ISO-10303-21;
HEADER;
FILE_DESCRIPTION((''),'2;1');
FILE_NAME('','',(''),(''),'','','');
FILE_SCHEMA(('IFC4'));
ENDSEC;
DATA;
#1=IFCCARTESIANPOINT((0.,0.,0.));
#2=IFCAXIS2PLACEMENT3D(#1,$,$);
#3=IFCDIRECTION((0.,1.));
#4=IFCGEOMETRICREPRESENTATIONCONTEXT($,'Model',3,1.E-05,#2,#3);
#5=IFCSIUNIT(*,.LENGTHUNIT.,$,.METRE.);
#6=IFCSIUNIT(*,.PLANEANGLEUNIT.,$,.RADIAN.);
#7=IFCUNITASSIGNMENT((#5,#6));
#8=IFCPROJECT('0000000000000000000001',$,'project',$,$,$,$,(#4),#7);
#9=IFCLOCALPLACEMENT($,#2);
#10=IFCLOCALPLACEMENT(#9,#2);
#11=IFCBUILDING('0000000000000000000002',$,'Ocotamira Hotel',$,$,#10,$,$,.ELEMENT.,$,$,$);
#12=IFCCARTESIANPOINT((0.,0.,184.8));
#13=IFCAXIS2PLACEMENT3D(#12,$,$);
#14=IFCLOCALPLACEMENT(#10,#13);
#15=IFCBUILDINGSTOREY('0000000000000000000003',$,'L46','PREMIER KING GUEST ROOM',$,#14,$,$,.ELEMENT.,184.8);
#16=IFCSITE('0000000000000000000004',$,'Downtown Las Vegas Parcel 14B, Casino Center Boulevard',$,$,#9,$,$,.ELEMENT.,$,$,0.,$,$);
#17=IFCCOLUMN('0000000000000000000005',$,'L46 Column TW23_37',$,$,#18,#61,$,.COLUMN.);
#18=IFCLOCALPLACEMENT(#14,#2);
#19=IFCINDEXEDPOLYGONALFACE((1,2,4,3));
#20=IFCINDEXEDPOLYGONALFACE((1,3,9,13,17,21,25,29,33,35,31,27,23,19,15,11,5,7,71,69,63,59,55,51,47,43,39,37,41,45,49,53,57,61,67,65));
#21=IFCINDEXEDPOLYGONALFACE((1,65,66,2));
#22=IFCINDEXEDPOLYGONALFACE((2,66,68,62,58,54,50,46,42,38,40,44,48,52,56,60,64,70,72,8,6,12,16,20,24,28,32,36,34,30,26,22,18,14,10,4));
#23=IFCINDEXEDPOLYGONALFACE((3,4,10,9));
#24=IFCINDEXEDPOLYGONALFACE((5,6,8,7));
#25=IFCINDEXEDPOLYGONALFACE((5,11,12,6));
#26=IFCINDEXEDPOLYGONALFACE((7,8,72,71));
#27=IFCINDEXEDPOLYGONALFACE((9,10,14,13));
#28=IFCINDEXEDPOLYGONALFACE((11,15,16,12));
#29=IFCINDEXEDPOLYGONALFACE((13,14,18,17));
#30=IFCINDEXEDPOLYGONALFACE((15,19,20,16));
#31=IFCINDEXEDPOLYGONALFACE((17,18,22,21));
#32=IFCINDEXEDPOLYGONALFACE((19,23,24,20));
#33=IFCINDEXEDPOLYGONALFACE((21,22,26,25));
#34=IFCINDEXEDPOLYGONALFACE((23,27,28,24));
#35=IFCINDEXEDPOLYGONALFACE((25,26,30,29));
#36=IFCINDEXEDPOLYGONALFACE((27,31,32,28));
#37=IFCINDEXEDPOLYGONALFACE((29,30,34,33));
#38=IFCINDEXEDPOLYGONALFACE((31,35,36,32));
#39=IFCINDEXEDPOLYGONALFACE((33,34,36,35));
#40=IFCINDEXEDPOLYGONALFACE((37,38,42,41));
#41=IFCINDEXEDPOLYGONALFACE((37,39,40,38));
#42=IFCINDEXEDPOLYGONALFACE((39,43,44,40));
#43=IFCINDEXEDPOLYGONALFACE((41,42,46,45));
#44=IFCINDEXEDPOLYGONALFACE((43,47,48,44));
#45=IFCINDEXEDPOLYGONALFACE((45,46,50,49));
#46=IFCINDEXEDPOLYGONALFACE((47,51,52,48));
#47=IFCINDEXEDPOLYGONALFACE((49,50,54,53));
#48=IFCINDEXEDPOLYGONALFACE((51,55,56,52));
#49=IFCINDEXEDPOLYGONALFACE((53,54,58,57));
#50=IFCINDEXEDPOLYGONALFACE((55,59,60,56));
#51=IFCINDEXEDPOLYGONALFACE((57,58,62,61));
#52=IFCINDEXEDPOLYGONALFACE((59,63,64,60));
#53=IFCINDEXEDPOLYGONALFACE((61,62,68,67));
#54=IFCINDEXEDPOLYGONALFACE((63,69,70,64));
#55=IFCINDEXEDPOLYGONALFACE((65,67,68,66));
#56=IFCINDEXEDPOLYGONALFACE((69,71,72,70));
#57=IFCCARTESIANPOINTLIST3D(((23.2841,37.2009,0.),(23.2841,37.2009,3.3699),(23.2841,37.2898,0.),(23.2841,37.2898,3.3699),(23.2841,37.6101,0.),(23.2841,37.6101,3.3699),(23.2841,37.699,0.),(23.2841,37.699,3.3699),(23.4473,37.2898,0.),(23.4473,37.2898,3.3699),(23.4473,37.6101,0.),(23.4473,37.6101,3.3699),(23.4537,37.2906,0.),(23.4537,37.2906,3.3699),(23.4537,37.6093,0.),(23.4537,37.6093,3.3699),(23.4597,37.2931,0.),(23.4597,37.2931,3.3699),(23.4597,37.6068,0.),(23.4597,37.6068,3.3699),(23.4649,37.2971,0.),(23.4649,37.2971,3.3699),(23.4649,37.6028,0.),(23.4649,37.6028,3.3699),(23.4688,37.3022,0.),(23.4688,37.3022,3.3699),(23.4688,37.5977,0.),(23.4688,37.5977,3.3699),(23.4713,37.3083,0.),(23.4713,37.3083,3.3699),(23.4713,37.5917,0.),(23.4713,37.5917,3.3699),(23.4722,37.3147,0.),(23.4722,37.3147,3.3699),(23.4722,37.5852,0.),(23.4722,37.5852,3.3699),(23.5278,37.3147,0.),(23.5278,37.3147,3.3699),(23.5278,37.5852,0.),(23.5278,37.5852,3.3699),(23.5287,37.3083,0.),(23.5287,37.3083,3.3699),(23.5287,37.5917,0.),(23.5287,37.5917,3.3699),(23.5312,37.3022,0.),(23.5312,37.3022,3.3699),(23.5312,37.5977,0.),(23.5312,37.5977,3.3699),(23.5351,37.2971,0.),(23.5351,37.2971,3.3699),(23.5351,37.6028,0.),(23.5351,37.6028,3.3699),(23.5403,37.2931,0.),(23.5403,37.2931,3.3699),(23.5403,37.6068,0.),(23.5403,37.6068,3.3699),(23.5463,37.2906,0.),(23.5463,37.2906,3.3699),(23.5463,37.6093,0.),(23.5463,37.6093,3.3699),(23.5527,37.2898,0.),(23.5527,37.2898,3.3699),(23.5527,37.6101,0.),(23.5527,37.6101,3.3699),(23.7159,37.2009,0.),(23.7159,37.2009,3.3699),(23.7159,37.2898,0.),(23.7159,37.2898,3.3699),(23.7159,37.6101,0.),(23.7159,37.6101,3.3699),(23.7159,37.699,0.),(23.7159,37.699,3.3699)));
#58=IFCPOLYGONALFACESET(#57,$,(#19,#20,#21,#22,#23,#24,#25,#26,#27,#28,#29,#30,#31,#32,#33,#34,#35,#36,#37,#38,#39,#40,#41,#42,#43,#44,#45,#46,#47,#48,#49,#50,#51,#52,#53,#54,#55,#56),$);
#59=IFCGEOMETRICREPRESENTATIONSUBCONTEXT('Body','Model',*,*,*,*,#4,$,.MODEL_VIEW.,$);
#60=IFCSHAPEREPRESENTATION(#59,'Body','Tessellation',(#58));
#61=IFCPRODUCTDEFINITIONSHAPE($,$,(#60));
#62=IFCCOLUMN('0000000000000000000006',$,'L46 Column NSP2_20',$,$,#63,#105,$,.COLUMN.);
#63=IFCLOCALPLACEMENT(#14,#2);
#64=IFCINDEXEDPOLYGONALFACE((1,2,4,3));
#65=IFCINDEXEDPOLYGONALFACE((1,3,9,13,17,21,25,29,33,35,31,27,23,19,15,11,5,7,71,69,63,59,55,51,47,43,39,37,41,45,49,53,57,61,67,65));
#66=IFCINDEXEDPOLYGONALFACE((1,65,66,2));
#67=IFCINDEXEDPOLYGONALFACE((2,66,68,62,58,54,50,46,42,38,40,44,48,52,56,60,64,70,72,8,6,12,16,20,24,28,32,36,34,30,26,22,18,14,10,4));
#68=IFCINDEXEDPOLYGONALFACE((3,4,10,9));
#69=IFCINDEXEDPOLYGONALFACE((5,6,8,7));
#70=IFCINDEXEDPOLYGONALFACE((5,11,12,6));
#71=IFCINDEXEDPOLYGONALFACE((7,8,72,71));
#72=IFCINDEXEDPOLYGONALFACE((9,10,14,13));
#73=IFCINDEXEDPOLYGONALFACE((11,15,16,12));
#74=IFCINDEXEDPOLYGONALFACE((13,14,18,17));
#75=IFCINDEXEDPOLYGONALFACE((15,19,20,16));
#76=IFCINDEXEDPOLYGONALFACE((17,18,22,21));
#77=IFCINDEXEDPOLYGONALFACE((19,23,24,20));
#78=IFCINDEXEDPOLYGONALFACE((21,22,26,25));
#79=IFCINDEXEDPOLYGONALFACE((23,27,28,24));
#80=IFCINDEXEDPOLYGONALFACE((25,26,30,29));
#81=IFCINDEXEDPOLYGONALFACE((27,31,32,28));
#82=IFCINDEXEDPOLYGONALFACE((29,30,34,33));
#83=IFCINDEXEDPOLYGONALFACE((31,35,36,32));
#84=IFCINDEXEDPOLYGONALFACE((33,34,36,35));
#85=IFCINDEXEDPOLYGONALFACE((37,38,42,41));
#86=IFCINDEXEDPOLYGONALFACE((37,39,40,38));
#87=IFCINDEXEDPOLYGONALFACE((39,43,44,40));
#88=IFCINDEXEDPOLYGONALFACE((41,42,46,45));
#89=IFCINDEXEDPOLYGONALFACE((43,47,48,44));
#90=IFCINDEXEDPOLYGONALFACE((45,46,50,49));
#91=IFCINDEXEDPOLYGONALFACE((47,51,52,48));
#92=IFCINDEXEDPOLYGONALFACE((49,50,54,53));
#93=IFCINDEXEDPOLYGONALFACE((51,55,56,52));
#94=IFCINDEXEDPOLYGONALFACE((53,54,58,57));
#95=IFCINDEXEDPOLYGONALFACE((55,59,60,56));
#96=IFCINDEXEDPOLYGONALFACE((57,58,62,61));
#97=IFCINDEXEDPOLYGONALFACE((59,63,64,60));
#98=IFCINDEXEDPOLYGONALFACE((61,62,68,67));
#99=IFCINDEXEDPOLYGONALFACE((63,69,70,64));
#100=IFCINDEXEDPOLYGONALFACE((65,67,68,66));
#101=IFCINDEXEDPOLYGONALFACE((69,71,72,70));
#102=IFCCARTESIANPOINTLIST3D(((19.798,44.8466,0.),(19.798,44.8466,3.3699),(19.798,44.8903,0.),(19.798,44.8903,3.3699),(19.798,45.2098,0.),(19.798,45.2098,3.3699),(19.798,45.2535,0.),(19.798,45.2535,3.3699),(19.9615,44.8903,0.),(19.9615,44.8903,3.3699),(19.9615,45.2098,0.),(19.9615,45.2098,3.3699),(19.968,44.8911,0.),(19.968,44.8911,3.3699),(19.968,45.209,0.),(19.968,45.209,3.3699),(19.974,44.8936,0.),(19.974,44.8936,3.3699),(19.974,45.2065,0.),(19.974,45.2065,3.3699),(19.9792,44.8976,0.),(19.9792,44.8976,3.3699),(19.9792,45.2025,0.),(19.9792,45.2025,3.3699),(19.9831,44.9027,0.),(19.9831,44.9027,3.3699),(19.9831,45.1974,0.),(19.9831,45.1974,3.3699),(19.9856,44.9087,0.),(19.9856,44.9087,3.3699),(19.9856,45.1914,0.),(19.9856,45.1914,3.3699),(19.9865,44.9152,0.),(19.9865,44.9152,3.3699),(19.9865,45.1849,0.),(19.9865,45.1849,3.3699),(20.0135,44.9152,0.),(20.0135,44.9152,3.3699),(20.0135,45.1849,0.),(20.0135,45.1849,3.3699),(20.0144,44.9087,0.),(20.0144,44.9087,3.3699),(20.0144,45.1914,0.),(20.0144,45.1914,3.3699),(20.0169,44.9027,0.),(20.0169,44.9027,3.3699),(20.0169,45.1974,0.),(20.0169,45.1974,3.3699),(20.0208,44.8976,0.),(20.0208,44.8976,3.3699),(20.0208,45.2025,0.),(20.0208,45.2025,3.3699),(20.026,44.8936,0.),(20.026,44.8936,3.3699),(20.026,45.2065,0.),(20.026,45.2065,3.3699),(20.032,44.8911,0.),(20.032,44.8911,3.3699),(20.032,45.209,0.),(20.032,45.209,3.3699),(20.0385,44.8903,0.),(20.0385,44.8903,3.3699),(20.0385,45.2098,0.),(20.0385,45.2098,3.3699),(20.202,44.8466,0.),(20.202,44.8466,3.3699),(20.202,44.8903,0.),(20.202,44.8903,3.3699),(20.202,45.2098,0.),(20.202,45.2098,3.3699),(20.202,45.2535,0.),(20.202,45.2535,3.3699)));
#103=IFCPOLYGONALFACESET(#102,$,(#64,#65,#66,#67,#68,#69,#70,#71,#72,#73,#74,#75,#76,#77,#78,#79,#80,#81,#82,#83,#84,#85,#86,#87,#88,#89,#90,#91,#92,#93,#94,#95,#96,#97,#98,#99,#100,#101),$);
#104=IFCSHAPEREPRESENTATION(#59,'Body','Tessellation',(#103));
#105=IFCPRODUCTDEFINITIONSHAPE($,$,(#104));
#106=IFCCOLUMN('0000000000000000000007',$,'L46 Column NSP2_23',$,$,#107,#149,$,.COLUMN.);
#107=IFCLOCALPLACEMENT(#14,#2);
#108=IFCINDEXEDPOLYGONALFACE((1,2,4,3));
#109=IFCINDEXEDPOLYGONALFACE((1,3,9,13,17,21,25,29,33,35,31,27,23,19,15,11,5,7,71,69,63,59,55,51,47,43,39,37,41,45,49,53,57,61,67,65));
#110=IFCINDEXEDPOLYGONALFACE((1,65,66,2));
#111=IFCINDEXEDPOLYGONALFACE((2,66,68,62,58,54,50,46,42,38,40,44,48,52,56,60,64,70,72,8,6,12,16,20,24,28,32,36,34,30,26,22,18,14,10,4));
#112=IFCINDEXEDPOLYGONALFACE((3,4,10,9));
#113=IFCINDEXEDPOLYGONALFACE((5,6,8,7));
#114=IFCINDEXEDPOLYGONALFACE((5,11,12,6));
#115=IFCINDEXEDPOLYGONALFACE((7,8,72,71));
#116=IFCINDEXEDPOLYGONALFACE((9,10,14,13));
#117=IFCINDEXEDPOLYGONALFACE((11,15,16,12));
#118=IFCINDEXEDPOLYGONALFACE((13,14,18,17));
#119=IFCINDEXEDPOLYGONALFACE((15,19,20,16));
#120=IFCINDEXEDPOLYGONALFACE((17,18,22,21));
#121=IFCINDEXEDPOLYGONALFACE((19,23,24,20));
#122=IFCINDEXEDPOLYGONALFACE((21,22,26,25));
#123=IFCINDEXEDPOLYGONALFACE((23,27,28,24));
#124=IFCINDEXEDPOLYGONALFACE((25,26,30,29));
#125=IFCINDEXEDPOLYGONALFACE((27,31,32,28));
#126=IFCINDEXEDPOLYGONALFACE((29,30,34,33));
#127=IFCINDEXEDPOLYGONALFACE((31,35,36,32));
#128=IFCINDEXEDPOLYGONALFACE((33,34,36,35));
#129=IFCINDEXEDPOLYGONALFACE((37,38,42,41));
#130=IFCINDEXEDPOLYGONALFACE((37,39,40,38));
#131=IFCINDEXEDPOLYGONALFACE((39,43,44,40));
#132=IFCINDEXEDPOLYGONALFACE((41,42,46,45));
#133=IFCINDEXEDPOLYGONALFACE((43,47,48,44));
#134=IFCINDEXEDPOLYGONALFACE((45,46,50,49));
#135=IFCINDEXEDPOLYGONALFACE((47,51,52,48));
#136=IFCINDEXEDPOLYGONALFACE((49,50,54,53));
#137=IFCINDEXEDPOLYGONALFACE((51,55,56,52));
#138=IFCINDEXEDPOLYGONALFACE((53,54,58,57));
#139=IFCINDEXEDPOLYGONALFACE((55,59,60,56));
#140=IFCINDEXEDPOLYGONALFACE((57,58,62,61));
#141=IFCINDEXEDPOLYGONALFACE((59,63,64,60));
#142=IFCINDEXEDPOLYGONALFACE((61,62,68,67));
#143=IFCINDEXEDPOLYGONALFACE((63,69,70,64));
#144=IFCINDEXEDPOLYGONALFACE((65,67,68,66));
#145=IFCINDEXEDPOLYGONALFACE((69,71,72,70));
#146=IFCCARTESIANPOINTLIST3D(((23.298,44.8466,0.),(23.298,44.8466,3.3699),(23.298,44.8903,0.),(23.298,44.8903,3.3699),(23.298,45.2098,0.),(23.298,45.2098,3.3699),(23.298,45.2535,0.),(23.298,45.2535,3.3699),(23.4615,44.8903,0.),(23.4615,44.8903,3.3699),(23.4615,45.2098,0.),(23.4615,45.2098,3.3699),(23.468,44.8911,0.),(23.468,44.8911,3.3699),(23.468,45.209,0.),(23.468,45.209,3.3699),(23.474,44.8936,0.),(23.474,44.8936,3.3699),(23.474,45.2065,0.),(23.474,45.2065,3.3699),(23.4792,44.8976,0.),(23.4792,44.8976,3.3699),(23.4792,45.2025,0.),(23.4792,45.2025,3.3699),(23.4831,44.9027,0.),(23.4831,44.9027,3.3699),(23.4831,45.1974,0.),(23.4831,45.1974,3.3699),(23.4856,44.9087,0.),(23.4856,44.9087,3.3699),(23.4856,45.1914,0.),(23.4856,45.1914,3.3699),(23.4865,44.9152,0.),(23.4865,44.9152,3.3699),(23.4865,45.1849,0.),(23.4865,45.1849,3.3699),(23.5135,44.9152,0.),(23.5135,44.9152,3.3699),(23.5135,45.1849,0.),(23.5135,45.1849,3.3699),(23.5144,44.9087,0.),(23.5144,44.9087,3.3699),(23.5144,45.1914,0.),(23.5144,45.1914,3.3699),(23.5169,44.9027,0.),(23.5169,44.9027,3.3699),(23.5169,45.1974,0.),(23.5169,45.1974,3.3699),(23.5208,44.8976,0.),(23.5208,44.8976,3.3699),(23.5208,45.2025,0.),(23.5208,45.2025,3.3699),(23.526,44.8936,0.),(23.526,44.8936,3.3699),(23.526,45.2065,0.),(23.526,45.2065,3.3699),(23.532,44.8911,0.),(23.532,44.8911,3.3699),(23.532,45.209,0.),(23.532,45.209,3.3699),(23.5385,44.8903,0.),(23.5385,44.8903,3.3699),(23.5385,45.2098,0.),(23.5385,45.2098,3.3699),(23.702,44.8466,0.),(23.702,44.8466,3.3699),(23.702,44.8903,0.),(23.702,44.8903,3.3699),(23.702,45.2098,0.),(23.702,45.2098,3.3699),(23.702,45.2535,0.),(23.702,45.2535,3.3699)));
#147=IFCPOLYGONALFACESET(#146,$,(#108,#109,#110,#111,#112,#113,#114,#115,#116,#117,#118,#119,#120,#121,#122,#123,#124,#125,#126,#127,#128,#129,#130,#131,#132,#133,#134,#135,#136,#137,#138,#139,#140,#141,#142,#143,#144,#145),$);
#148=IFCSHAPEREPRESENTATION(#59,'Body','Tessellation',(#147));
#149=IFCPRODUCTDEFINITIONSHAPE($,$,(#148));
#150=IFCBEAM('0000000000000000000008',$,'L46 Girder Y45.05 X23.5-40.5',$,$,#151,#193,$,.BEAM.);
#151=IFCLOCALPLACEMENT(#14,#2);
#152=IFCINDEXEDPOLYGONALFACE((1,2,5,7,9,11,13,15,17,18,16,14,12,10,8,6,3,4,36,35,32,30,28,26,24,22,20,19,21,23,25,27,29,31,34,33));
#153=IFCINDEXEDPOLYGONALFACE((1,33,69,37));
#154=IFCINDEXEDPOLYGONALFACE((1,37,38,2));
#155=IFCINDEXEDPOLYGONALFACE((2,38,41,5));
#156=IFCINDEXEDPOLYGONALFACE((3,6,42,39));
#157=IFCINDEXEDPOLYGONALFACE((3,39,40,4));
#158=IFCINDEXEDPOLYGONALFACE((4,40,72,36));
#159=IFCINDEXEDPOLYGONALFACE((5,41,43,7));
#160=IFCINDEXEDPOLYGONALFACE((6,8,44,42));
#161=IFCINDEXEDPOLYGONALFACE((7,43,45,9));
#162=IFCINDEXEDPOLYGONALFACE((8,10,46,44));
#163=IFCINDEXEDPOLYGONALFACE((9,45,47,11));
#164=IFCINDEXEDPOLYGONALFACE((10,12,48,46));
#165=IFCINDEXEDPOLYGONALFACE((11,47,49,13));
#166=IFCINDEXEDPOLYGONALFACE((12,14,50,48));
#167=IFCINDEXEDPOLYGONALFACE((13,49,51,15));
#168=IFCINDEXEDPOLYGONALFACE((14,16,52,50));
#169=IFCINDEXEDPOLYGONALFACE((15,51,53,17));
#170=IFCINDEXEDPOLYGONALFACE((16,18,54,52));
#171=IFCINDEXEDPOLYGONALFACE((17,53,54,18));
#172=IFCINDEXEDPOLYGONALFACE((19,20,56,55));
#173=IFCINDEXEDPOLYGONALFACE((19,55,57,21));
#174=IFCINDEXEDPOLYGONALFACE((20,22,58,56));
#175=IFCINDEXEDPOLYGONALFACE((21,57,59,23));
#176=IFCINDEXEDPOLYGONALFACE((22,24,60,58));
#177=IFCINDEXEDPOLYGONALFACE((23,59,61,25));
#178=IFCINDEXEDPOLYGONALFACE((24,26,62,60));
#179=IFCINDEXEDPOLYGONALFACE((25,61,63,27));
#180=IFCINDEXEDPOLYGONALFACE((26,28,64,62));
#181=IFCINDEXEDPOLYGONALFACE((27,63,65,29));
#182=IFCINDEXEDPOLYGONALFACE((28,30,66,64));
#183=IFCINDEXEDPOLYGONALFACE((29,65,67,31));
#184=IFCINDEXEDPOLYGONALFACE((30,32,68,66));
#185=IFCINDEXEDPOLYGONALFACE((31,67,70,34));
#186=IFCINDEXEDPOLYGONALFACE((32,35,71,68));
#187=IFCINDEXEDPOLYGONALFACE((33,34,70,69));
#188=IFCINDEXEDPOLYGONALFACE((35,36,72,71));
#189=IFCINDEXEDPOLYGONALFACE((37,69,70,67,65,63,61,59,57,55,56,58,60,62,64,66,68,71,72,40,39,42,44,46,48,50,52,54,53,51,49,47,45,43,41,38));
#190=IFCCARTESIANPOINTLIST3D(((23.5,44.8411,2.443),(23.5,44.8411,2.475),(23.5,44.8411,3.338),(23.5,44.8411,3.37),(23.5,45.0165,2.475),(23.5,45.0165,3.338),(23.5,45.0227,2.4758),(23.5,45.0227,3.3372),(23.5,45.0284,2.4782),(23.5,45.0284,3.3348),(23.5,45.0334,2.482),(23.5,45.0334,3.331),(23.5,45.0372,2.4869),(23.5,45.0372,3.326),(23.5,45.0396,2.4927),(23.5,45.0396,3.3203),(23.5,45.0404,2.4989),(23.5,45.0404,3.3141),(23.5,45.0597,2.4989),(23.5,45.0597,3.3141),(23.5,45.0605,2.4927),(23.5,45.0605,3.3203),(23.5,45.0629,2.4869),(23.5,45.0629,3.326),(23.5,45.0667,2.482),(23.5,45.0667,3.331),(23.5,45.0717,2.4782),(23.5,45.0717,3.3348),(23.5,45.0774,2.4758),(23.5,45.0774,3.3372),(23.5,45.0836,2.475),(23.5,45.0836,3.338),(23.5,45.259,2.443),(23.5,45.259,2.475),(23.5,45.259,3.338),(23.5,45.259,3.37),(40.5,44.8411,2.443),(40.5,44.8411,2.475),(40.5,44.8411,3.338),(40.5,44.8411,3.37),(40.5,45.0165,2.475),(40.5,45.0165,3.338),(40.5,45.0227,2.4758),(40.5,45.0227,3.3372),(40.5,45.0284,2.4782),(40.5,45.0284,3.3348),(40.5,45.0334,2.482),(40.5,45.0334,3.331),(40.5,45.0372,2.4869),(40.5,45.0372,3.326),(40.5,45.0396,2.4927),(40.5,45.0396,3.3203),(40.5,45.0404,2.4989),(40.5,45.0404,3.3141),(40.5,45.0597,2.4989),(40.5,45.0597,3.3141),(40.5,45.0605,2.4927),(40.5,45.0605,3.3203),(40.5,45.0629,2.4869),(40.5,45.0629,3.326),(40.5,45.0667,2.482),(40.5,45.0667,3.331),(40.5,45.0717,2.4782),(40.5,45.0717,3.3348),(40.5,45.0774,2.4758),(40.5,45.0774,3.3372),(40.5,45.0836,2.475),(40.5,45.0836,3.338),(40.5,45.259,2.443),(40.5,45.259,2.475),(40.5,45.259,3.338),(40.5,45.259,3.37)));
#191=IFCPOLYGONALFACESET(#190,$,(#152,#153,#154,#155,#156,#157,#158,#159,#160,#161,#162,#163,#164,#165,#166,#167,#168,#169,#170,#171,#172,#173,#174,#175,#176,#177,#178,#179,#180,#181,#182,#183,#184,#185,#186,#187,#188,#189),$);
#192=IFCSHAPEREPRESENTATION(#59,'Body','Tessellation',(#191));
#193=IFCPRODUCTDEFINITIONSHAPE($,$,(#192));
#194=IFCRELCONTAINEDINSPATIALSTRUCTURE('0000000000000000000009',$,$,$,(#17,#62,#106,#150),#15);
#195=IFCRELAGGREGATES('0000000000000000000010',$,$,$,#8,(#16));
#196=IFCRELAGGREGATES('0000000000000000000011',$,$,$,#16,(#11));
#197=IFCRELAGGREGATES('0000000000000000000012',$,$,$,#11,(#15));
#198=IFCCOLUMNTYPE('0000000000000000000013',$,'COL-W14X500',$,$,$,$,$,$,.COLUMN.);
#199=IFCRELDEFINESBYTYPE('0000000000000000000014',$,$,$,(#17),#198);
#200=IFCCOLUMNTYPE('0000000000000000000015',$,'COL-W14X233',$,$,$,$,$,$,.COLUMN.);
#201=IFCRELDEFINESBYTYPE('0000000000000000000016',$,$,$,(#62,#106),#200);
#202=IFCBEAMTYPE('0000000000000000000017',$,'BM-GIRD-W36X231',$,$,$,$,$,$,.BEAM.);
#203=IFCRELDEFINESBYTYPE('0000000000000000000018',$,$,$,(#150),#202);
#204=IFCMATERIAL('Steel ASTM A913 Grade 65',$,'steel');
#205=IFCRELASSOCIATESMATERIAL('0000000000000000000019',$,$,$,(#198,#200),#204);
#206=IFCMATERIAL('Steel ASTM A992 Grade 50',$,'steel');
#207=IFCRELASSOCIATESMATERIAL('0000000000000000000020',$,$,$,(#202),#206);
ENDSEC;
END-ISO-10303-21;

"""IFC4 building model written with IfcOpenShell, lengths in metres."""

from ifc_helpers import new_model, si_unit, direction, frame, origin, origin_2d, place, context, subcontext, project, spatial, i_section, extrude, source, transform, mapped, material, material_profile, profile_set, type_object, element, save


model = new_model("IFC4")

# Units and contexts
model_context = context("Model", 3, precision=1e-05, world=origin(), true_north=direction((0.0, 1.0)))
body_context = subcontext(model_context, "Body", "Model", "MODEL_VIEW")
ifc_project = project(units=[si_unit("LENGTHUNIT", "METRE"), si_unit("PLANEANGLEUNIT", "RADIAN")], contexts=[model_context])

# Site, building, storey
site_placement = place(None, origin())
site = spatial("IfcSite", under=ifc_project, at=site_placement, Name="Downtown Las Vegas Parcel 14B, Casino Center Boulevard", CompositionType="ELEMENT", RefElevation=0.0)
building_placement = place(site_placement, origin())
building = spatial("IfcBuilding", under=site, at=building_placement, Name="Ocotamira Hotel", CompositionType="ELEMENT")
storey_placement = place(building_placement, frame((0.0, 0.0, 184.8)))
storey = spatial("IfcBuildingStorey", under=building, at=storey_placement, Name="L46", Description="PREMIER KING GUEST ROOM", CompositionType="ELEMENT", Elevation=184.8)

# Columns
ifc_material_1 = material(Name="Steel ASTM A913 Grade 65", Category="steel")
ifc_material_profile_1 = material_profile(ifc_material_1, i_section(OverallWidth=0.4319, OverallDepth=0.498, WebThickness=0.0557, FlangeThickness=0.0889, FilletRadius=0.0249, at=origin_2d()), Name="W14X500")
ifc_profile_set_1 = profile_set([ifc_material_profile_1], Name="Steel ASTM A913 Grade 65")
column_type_1 = type_object("IfcColumnType", Name="COL-W14X500", PredefinedType="COLUMN", material=ifc_profile_set_1)
shared_shape_1 = source(origin(), body_context, "Body", "SweptSolid", [
    extrude(i_section(OverallWidth=0.4319, OverallDepth=0.498, WebThickness=0.0557, FlangeThickness=0.0889, FilletRadius=0.0249, at=origin_2d()), origin(), (0.0, 0.0, 1.0), 3.3699),
])
column_placement = place(storey_placement, frame((23.5, 37.45, 0.0), z_axis=(0.0, 0.0, 1.0), x_axis=(1.0, 0.0, 0.0)))
element("IfcColumn", 1, at=column_placement, inside=storey, type_object=column_type_1, Name="L46 Column TW23_37", PredefinedType="COLUMN", context=body_context, shape_type="MappedRepresentation", body=[
    mapped(shared_shape_1, transform((0.0, 0.0, 0.0), scale=1.0)),
])
ifc_material_profile_2 = material_profile(ifc_material_1, i_section(OverallWidth=0.4041, OverallDepth=0.407, WebThickness=0.0271, FlangeThickness=0.0437, FilletRadius=0.0249, at=origin_2d()), Name="W14X233")
ifc_profile_set_2 = profile_set([ifc_material_profile_2], Name="Steel ASTM A913 Grade 65")
column_type_2 = type_object("IfcColumnType", Name="COL-W14X233", PredefinedType="COLUMN", material=ifc_profile_set_2)
shared_shape_2 = source(origin(), body_context, "Body", "SweptSolid", [
    extrude(i_section(OverallWidth=0.4041, OverallDepth=0.407, WebThickness=0.0271, FlangeThickness=0.0437, FilletRadius=0.0249, at=origin_2d()), origin(), (0.0, 0.0, 1.0), 3.3699),
])
for number, where, z_axis, x_axis, name in (
    (2, (20.0, 45.05, 0.0), (0.0, 0.0, 1.0), (1.0, 0.0, 0.0), "L46 Column NSP2_20"),
    (3, (23.5, 45.05, 0.0), (0.0, 0.0, 1.0), (1.0, 0.0, 0.0), "L46 Column NSP2_23"),
):
    element("IfcColumn", number, at=place(storey_placement, frame(where, z_axis=z_axis, x_axis=x_axis)), inside=storey, type_object=column_type_2, Name=name, PredefinedType="COLUMN", context=body_context, shape_type="MappedRepresentation", body=[
        mapped(shared_shape_2, transform((0.0, 0.0, 0.0), scale=1.0)),
    ])

# Beam
ifc_material_2 = material(Name="Steel ASTM A992 Grade 50", Category="steel")
ifc_material_profile_3 = material_profile(ifc_material_2, i_section(OverallWidth=0.418, OverallDepth=0.927, WebThickness=0.0193, FlangeThickness=0.032, FilletRadius=0.0239, at=origin_2d()), Name="W36X231")
ifc_profile_set_3 = profile_set([ifc_material_profile_3], Name="Steel ASTM A992 Grade 50")
beam_type_1 = type_object("IfcBeamType", Name="BM-GIRD-W36X231", PredefinedType="BEAM", material=ifc_profile_set_3)
shared_shape_3 = source(origin(), body_context, "Body", "SweptSolid", [
    extrude(i_section(OverallWidth=0.418, OverallDepth=0.927, WebThickness=0.0193, FlangeThickness=0.032, FilletRadius=0.0239, at=origin_2d()), origin(), (0.0, 0.0, 1.0), 17.0),
])
beam_1_placement = place(storey_placement, frame((23.5, 45.05, 2.9065), z_axis=(1.0, 0.0, 0.0), x_axis=(0.0, 1.0, 0.0)))
element("IfcBeam", 4, at=beam_1_placement, inside=storey, type_object=beam_type_1, Name="L46 Girder Y45.05 X23.5-40.5", PredefinedType="BEAM", context=body_context, shape_type="MappedRepresentation", body=[
    mapped(shared_shape_3, transform((0.0, 0.0, 0.0), scale=1.0)),
])

save(model, "model.ifc")
